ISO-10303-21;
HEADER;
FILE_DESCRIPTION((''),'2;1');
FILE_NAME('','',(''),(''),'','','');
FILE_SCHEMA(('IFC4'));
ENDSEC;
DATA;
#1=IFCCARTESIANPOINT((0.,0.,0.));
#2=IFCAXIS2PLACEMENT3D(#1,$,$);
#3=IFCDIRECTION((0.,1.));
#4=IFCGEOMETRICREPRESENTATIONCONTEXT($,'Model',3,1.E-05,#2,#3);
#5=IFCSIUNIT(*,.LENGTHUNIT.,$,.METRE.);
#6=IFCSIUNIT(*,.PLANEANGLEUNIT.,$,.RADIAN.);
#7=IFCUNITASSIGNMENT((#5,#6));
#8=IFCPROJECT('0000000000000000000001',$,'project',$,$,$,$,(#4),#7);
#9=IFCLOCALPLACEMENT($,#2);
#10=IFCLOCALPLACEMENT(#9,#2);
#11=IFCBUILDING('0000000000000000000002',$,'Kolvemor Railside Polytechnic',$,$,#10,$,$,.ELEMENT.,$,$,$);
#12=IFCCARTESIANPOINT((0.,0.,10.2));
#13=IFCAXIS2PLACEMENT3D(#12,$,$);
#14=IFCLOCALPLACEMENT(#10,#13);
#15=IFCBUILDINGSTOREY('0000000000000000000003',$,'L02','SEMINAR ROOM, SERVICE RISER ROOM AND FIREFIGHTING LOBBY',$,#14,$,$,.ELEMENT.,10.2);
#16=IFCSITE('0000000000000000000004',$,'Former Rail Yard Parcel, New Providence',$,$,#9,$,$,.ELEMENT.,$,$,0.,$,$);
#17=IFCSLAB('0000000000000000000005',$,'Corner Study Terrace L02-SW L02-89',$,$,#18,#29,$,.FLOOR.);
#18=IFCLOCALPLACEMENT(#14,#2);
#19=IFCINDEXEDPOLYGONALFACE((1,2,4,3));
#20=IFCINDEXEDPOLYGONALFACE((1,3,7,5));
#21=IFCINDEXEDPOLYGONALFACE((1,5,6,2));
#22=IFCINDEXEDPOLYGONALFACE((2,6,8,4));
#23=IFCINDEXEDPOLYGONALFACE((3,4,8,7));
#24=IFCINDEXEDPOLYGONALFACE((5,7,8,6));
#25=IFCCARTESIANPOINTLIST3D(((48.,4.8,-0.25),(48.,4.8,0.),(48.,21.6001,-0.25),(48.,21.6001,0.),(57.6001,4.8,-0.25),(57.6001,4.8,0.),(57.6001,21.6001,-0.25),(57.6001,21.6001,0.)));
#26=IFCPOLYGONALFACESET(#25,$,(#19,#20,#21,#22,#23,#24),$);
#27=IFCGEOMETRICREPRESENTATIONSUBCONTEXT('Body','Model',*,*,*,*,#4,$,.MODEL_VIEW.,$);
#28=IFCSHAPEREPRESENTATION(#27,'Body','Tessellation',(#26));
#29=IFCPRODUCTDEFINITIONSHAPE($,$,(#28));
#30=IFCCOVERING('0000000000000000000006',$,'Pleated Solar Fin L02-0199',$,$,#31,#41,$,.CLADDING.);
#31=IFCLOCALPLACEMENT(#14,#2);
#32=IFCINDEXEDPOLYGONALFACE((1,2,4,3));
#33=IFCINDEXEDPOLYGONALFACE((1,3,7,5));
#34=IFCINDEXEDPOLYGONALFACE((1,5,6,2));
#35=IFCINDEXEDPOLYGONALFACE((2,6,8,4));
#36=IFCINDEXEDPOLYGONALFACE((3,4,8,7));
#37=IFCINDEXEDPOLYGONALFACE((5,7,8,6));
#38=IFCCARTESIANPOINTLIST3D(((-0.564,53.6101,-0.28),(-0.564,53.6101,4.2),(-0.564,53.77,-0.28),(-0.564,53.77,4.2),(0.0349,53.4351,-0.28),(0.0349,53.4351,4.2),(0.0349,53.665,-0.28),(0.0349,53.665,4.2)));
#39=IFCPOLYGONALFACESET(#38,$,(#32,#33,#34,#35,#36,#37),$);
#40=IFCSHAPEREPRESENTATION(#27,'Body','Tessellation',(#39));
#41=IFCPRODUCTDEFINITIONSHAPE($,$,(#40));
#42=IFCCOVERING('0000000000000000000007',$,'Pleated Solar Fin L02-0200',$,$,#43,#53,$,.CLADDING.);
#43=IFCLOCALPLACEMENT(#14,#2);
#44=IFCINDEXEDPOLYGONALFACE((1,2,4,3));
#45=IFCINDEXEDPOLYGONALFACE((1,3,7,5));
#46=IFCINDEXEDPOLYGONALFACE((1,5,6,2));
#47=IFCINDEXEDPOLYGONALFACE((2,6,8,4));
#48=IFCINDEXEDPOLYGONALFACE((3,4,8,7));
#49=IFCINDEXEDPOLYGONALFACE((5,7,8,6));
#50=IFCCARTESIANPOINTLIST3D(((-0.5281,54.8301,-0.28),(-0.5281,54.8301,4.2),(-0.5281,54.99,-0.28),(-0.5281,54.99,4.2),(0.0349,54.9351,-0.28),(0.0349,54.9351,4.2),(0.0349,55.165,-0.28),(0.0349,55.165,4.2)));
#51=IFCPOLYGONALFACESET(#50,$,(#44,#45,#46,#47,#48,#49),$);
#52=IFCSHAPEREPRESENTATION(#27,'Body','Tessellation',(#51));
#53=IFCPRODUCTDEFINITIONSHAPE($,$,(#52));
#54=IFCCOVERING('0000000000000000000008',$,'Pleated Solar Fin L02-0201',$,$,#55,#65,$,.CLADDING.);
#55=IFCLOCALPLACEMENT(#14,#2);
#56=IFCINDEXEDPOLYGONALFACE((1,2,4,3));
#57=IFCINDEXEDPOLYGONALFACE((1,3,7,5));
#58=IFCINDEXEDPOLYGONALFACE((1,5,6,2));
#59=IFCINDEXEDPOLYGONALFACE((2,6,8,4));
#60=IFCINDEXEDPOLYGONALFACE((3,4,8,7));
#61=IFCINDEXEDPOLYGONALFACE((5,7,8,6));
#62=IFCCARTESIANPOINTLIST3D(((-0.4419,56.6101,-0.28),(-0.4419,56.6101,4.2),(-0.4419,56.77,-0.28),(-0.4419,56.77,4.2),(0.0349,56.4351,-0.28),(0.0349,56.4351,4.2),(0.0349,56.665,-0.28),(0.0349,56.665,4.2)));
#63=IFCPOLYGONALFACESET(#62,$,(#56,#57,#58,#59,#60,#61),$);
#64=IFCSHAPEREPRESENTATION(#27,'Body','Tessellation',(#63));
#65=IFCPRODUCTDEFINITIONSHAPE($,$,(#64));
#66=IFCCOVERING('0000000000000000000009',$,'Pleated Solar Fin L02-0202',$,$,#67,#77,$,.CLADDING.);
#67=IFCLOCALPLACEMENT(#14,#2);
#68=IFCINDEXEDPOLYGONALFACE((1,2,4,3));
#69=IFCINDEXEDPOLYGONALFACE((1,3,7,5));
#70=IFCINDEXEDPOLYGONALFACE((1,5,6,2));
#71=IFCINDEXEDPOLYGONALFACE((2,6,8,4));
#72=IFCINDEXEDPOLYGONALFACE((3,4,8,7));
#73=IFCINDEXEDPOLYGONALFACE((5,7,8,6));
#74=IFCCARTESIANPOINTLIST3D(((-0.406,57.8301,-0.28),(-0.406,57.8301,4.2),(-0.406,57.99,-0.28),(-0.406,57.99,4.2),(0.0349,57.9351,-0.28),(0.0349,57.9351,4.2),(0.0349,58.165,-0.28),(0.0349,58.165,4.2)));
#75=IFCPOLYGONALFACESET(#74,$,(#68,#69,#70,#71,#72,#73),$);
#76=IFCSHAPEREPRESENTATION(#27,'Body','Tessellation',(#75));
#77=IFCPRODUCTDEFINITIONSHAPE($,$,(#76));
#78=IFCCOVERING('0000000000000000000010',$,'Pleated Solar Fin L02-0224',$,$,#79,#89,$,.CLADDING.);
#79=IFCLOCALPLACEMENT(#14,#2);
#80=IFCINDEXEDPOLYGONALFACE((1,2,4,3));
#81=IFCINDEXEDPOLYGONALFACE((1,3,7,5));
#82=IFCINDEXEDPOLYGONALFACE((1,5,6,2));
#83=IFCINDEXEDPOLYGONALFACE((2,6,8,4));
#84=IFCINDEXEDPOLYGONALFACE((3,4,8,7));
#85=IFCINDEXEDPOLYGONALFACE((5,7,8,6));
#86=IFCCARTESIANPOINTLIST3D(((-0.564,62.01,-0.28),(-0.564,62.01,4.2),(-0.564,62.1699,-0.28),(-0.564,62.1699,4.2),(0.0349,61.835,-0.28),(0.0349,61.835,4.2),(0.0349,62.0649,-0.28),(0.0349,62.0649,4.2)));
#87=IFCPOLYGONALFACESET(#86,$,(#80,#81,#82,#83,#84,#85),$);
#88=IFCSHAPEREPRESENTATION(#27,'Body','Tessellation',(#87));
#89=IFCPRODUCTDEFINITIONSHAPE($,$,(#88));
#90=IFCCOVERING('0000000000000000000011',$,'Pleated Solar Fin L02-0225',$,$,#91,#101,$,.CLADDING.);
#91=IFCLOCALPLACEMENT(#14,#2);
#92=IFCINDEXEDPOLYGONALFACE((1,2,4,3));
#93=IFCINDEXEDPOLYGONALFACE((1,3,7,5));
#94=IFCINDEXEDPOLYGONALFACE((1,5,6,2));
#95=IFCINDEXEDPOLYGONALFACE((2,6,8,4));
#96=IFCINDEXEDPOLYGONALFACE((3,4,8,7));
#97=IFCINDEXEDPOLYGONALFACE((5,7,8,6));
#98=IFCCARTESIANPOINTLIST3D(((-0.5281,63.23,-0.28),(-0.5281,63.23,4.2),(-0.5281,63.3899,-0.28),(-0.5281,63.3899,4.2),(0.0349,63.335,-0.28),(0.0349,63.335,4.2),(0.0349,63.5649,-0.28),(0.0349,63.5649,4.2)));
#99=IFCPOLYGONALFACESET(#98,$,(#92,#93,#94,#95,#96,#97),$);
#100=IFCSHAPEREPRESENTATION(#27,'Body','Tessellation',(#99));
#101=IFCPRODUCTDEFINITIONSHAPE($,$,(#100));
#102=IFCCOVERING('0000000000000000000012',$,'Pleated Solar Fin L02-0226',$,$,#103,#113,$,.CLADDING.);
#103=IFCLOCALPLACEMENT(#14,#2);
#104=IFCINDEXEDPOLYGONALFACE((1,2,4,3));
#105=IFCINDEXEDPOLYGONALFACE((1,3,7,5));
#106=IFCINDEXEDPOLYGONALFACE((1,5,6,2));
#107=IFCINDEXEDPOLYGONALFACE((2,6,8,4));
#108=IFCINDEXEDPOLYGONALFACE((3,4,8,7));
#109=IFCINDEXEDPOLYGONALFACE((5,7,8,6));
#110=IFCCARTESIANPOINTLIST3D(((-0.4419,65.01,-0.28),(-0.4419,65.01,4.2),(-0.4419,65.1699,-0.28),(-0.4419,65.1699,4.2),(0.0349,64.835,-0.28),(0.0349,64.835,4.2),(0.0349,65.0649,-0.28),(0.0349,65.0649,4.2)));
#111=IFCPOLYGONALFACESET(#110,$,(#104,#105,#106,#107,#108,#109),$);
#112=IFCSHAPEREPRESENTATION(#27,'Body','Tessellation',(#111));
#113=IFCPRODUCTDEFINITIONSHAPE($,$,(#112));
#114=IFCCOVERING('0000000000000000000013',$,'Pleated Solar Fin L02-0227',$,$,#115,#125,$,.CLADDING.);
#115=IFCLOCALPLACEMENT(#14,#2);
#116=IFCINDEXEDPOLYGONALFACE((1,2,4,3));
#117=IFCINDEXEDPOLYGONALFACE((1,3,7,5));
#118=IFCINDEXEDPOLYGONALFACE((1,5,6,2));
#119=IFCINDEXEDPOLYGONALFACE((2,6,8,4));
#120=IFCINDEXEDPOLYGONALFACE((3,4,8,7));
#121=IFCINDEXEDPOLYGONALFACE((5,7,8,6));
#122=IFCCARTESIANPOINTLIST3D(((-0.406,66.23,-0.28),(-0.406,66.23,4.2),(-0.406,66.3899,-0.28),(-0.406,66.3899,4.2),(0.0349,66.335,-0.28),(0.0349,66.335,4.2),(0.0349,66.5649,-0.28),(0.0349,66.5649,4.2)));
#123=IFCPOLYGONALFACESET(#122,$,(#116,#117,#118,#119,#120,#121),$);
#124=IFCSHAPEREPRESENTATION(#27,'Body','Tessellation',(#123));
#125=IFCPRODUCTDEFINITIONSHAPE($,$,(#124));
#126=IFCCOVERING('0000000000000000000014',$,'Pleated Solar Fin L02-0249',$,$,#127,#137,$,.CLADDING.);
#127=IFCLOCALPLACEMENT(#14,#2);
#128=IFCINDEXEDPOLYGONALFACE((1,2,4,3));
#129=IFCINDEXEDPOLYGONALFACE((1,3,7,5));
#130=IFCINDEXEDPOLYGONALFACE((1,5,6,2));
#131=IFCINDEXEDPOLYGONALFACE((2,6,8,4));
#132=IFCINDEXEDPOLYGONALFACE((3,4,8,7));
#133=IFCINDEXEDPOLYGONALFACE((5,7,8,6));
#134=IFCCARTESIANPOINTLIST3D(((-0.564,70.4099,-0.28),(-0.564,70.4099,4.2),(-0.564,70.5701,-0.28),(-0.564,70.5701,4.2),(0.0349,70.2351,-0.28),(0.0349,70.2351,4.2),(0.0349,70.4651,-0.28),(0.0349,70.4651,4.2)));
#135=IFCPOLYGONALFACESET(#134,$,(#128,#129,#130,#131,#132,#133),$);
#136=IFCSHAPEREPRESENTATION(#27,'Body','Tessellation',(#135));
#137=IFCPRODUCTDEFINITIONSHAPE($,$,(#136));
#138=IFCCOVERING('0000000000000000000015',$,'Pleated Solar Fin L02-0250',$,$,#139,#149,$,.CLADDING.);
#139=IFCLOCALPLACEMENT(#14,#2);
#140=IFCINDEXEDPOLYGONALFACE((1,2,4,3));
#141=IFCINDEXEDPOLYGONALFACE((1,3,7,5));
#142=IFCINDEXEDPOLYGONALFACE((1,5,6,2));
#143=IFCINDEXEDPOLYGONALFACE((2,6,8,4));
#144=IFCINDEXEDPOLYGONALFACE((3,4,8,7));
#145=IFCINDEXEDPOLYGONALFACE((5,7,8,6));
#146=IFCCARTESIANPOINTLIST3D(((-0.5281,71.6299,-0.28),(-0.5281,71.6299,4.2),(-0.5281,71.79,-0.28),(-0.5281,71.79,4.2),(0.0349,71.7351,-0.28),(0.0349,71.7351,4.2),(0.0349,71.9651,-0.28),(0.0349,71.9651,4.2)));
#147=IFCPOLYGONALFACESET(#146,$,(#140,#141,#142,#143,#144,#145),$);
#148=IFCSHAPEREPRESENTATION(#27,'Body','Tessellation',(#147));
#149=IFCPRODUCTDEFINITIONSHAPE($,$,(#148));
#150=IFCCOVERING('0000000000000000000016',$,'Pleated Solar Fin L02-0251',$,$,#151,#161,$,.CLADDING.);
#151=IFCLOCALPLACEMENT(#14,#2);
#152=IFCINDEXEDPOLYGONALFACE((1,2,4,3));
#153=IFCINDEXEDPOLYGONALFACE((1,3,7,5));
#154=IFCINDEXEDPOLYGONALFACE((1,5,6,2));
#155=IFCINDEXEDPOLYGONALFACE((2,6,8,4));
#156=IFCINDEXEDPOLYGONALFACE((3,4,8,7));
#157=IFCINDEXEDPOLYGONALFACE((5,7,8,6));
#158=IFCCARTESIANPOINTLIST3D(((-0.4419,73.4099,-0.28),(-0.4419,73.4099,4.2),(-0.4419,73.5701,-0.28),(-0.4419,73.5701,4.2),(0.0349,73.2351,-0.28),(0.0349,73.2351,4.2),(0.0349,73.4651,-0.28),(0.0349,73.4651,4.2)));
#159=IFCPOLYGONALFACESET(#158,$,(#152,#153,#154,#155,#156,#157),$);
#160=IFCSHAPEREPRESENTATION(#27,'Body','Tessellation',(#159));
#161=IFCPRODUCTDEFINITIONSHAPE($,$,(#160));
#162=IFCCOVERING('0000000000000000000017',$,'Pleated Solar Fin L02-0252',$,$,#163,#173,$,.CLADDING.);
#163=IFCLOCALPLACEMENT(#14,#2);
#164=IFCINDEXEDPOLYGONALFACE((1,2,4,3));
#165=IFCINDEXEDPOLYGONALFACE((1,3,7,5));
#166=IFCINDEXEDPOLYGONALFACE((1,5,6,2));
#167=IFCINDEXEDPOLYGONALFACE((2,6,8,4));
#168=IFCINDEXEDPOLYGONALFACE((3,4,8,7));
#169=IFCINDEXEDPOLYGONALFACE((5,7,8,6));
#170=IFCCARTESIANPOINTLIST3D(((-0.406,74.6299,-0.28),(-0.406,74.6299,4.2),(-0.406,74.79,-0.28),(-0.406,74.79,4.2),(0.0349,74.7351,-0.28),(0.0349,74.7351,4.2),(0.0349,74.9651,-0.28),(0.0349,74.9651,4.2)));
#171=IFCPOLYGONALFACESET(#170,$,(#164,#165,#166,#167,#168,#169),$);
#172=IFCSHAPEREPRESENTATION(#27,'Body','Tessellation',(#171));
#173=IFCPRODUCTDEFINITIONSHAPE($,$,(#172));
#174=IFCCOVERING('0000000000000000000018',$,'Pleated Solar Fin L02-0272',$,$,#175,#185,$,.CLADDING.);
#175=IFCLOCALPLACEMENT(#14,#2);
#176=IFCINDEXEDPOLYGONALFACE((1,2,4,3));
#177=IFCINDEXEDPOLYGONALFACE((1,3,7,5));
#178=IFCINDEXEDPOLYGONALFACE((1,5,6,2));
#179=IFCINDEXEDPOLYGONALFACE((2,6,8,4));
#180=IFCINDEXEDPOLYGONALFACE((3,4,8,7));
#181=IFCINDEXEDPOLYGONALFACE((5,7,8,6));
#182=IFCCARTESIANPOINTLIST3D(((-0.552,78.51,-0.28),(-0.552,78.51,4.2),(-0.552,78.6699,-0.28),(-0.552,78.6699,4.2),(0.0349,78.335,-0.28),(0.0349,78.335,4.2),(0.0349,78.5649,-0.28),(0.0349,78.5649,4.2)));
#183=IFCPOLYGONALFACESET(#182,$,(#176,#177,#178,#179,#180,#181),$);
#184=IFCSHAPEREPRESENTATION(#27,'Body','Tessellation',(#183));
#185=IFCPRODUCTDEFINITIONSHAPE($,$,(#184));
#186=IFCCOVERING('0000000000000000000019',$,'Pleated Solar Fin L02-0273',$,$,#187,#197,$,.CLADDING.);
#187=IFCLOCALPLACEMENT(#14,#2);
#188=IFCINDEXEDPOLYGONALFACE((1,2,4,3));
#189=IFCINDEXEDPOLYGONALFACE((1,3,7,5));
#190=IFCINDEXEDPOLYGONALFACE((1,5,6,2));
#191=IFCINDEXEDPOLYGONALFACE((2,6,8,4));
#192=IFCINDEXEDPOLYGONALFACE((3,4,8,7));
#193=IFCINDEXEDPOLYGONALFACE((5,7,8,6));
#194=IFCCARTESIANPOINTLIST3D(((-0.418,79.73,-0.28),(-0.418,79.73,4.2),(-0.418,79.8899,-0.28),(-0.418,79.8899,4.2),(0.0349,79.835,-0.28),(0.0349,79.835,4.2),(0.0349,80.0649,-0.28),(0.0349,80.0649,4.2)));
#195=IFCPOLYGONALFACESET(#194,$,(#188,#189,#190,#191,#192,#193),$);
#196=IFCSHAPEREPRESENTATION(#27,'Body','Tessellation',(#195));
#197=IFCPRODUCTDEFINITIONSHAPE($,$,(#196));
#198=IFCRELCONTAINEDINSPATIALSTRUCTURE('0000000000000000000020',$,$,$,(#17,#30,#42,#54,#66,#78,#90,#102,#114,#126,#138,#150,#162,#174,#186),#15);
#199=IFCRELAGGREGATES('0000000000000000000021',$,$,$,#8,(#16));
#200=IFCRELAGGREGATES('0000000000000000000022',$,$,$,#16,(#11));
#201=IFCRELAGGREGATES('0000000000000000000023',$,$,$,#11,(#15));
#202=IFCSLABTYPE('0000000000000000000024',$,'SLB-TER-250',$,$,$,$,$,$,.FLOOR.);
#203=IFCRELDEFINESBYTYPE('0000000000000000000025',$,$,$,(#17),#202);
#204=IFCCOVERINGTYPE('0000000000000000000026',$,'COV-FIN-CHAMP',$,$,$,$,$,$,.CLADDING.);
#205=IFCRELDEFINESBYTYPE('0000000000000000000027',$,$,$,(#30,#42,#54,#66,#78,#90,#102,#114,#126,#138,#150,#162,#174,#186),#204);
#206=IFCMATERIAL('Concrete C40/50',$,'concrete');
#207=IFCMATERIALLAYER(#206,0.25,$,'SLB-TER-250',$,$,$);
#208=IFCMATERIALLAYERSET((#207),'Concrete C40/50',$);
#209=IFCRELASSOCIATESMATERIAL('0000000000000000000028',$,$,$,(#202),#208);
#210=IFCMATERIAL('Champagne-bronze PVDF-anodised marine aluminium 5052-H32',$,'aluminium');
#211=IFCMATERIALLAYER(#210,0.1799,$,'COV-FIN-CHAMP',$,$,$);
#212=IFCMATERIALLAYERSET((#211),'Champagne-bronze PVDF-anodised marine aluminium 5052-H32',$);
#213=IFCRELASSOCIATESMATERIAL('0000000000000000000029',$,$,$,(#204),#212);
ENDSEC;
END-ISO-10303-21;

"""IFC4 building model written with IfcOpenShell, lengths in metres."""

from ifc_helpers import new_model, si_unit, direction, frame, origin, place, context, subcontext, project, spatial, polyline, outline, extrude, material, layer, layer_set, type_object, element, save


model = new_model("IFC4")

# Units and contexts
model_context = context("Model", 3, precision=1e-05, world=origin(), true_north=direction((0.0, 1.0)))
body_context = subcontext(model_context, "Body", "Model", "MODEL_VIEW")
ifc_project = project(units=[si_unit("LENGTHUNIT", "METRE"), si_unit("PLANEANGLEUNIT", "RADIAN")], contexts=[model_context])

# Site, building, storey
site_placement = place(None, origin())
site = spatial("IfcSite", under=ifc_project, at=site_placement, Name="Former Rail Yard Parcel, New Providence", CompositionType="ELEMENT", RefElevation=0.0)
building_placement = place(site_placement, origin())
building = spatial("IfcBuilding", under=site, at=building_placement, Name="Kolvemor Railside Polytechnic", CompositionType="ELEMENT")
storey_placement = place(building_placement, frame((0.0, 0.0, 10.2)))
storey = spatial("IfcBuildingStorey", under=building, at=storey_placement, Name="L02", Description="SEMINAR ROOM, SERVICE RISER ROOM AND FIREFIGHTING LOBBY", CompositionType="ELEMENT", Elevation=10.2)

# Slab
ifc_material_1 = material(Name="Concrete C40/50", Category="concrete")
ifc_layer_1 = layer(ifc_material_1, 0.25, Name="SLB-TER-250")
ifc_layer_set_1 = layer_set([ifc_layer_1], Name="Concrete C40/50")
slab_type = type_object("IfcSlabType", Name="SLB-TER-250", PredefinedType="FLOOR", material=ifc_layer_set_1)
slab_placement = place(storey_placement, frame((0.0, 0.0, -0.25)))
element("IfcSlab", 1, at=slab_placement, inside=storey, type_object=slab_type, Name="Corner Study Terrace L02-SW L02-89", PredefinedType="FLOOR", context=body_context, shape_type="SweptSolid", body=[
    extrude(outline(polyline([(48.0, 4.8), (57.6001, 4.8), (57.6001, 21.6001), (48.0, 21.6001), (48.0, 4.8)])), origin(), (0.0, 0.0, 1.0), 0.25),
])

# Coverings
ifc_material_2 = material(Name="Champagne-bronze PVDF-anodised marine aluminium 5052-H32", Category="aluminium")
ifc_layer_2 = layer(ifc_material_2, 0.1799, Name="COV-FIN-CHAMP")
ifc_layer_set_2 = layer_set([ifc_layer_2], Name="Champagne-bronze PVDF-anodised marine aluminium 5052-H32")
covering_type_1 = type_object("IfcCoveringType", Name="COV-FIN-CHAMP", PredefinedType="CLADDING", material=ifc_layer_set_2)
covering_1_placement = place(storey_placement, frame((0.0, 0.0, -0.28)))
element("IfcCovering", 2, at=covering_1_placement, inside=storey, type_object=covering_type_1, Name="Pleated Solar Fin L02-0199", PredefinedType="CLADDING", context=body_context, shape_type="SweptSolid", body=[
    extrude(outline(polyline([(0.0349, 53.4351), (0.0349, 53.665), (-0.564, 53.77), (-0.564, 53.6101), (0.0349, 53.4351)])), origin(), (0.0, 0.0, 1.0), 4.48),
])
covering_2_placement = place(storey_placement, frame((0.0, 0.0, -0.28)))
element("IfcCovering", 3, at=covering_2_placement, inside=storey, type_object=covering_type_1, Name="Pleated Solar Fin L02-0200", PredefinedType="CLADDING", context=body_context, shape_type="SweptSolid", body=[
    extrude(outline(polyline([(0.0349, 54.9351), (0.0349, 55.165), (-0.5281, 54.99), (-0.5281, 54.8301), (0.0349, 54.9351)])), origin(), (0.0, 0.0, 1.0), 4.48),
])
covering_3_placement = place(storey_placement, frame((0.0, 0.0, -0.28)))
element("IfcCovering", 4, at=covering_3_placement, inside=storey, type_object=covering_type_1, Name="Pleated Solar Fin L02-0201", PredefinedType="CLADDING", context=body_context, shape_type="SweptSolid", body=[
    extrude(outline(polyline([(0.0349, 56.4351), (0.0349, 56.665), (-0.4419, 56.77), (-0.4419, 56.6101), (0.0349, 56.4351)])), origin(), (0.0, 0.0, 1.0), 4.48),
])
covering_4_placement = place(storey_placement, frame((0.0, 0.0, -0.28)))
element("IfcCovering", 5, at=covering_4_placement, inside=storey, type_object=covering_type_1, Name="Pleated Solar Fin L02-0202", PredefinedType="CLADDING", context=body_context, shape_type="SweptSolid", body=[
    extrude(outline(polyline([(0.0349, 57.9351), (0.0349, 58.165), (-0.406, 57.99), (-0.406, 57.8301), (0.0349, 57.9351)])), origin(), (0.0, 0.0, 1.0), 4.48),
])
covering_5_placement = place(storey_placement, frame((0.0, 0.0, -0.28)))
element("IfcCovering", 6, at=covering_5_placement, inside=storey, type_object=covering_type_1, Name="Pleated Solar Fin L02-0224", PredefinedType="CLADDING", context=body_context, shape_type="SweptSolid", body=[
    extrude(outline(polyline([(0.0349, 61.835), (0.0349, 62.0649), (-0.564, 62.1699), (-0.564, 62.01), (0.0349, 61.835)])), origin(), (0.0, 0.0, 1.0), 4.48),
])
covering_6_placement = place(storey_placement, frame((0.0, 0.0, -0.28)))
element("IfcCovering", 7, at=covering_6_placement, inside=storey, type_object=covering_type_1, Name="Pleated Solar Fin L02-0225", PredefinedType="CLADDING", context=body_context, shape_type="SweptSolid", body=[
    extrude(outline(polyline([(0.0349, 63.335), (0.0349, 63.5649), (-0.5281, 63.3899), (-0.5281, 63.23), (0.0349, 63.335)])), origin(), (0.0, 0.0, 1.0), 4.48),
])
covering_7_placement = place(storey_placement, frame((0.0, 0.0, -0.28)))
element("IfcCovering", 8, at=covering_7_placement, inside=storey, type_object=covering_type_1, Name="Pleated Solar Fin L02-0226", PredefinedType="CLADDING", context=body_context, shape_type="SweptSolid", body=[
    extrude(outline(polyline([(0.0349, 64.835), (0.0349, 65.0649), (-0.4419, 65.1699), (-0.4419, 65.01), (0.0349, 64.835)])), origin(), (0.0, 0.0, 1.0), 4.48),
])
covering_8_placement = place(storey_placement, frame((0.0, 0.0, -0.28)))
element("IfcCovering", 9, at=covering_8_placement, inside=storey, type_object=covering_type_1, Name="Pleated Solar Fin L02-0227", PredefinedType="CLADDING", context=body_context, shape_type="SweptSolid", body=[
    extrude(outline(polyline([(0.0349, 66.335), (0.0349, 66.5649), (-0.406, 66.3899), (-0.406, 66.23), (0.0349, 66.335)])), origin(), (0.0, 0.0, 1.0), 4.48),
])
covering_9_placement = place(storey_placement, frame((0.0, 0.0, -0.28)))
element("IfcCovering", 10, at=covering_9_placement, inside=storey, type_object=covering_type_1, Name="Pleated Solar Fin L02-0249", PredefinedType="CLADDING", context=body_context, shape_type="SweptSolid", body=[
    extrude(outline(polyline([(0.0349, 70.2351), (0.0349, 70.4651), (-0.564, 70.5701), (-0.564, 70.4099), (0.0349, 70.2351)])), origin(), (0.0, 0.0, 1.0), 4.48),
])
covering_10_placement = place(storey_placement, frame((0.0, 0.0, -0.28)))
element("IfcCovering", 11, at=covering_10_placement, inside=storey, type_object=covering_type_1, Name="Pleated Solar Fin L02-0250", PredefinedType="CLADDING", context=body_context, shape_type="SweptSolid", body=[
    extrude(outline(polyline([(0.0349, 71.7351), (0.0349, 71.9651), (-0.5281, 71.79), (-0.5281, 71.6299), (0.0349, 71.7351)])), origin(), (0.0, 0.0, 1.0), 4.48),
])
covering_11_placement = place(storey_placement, frame((0.0, 0.0, -0.28)))
element("IfcCovering", 12, at=covering_11_placement, inside=storey, type_object=covering_type_1, Name="Pleated Solar Fin L02-0251", PredefinedType="CLADDING", context=body_context, shape_type="SweptSolid", body=[
    extrude(outline(polyline([(0.0349, 73.2351), (0.0349, 73.4651), (-0.4419, 73.5701), (-0.4419, 73.4099), (0.0349, 73.2351)])), origin(), (0.0, 0.0, 1.0), 4.48),
])
covering_12_placement = place(storey_placement, frame((0.0, 0.0, -0.28)))
element("IfcCovering", 13, at=covering_12_placement, inside=storey, type_object=covering_type_1, Name="Pleated Solar Fin L02-0252", PredefinedType="CLADDING", context=body_context, shape_type="SweptSolid", body=[
    extrude(outline(polyline([(0.0349, 74.7351), (0.0349, 74.9651), (-0.406, 74.79), (-0.406, 74.6299), (0.0349, 74.7351)])), origin(), (0.0, 0.0, 1.0), 4.48),
])
covering_13_placement = place(storey_placement, frame((0.0, 0.0, -0.28)))
element("IfcCovering", 14, at=covering_13_placement, inside=storey, type_object=covering_type_1, Name="Pleated Solar Fin L02-0272", PredefinedType="CLADDING", context=body_context, shape_type="SweptSolid", body=[
    extrude(outline(polyline([(0.0349, 78.335), (0.0349, 78.5649), (-0.552, 78.6699), (-0.552, 78.51), (0.0349, 78.335)])), origin(), (0.0, 0.0, 1.0), 4.48),
])
covering_14_placement = place(storey_placement, frame((0.0, 0.0, -0.28)))
element("IfcCovering", 15, at=covering_14_placement, inside=storey, type_object=covering_type_1, Name="Pleated Solar Fin L02-0273", PredefinedType="CLADDING", context=body_context, shape_type="SweptSolid", body=[
    extrude(outline(polyline([(0.0349, 79.835), (0.0349, 80.0649), (-0.418, 79.8899), (-0.418, 79.73), (0.0349, 79.835)])), origin(), (0.0, 0.0, 1.0), 4.48),
])

save(model, "model.ifc")
